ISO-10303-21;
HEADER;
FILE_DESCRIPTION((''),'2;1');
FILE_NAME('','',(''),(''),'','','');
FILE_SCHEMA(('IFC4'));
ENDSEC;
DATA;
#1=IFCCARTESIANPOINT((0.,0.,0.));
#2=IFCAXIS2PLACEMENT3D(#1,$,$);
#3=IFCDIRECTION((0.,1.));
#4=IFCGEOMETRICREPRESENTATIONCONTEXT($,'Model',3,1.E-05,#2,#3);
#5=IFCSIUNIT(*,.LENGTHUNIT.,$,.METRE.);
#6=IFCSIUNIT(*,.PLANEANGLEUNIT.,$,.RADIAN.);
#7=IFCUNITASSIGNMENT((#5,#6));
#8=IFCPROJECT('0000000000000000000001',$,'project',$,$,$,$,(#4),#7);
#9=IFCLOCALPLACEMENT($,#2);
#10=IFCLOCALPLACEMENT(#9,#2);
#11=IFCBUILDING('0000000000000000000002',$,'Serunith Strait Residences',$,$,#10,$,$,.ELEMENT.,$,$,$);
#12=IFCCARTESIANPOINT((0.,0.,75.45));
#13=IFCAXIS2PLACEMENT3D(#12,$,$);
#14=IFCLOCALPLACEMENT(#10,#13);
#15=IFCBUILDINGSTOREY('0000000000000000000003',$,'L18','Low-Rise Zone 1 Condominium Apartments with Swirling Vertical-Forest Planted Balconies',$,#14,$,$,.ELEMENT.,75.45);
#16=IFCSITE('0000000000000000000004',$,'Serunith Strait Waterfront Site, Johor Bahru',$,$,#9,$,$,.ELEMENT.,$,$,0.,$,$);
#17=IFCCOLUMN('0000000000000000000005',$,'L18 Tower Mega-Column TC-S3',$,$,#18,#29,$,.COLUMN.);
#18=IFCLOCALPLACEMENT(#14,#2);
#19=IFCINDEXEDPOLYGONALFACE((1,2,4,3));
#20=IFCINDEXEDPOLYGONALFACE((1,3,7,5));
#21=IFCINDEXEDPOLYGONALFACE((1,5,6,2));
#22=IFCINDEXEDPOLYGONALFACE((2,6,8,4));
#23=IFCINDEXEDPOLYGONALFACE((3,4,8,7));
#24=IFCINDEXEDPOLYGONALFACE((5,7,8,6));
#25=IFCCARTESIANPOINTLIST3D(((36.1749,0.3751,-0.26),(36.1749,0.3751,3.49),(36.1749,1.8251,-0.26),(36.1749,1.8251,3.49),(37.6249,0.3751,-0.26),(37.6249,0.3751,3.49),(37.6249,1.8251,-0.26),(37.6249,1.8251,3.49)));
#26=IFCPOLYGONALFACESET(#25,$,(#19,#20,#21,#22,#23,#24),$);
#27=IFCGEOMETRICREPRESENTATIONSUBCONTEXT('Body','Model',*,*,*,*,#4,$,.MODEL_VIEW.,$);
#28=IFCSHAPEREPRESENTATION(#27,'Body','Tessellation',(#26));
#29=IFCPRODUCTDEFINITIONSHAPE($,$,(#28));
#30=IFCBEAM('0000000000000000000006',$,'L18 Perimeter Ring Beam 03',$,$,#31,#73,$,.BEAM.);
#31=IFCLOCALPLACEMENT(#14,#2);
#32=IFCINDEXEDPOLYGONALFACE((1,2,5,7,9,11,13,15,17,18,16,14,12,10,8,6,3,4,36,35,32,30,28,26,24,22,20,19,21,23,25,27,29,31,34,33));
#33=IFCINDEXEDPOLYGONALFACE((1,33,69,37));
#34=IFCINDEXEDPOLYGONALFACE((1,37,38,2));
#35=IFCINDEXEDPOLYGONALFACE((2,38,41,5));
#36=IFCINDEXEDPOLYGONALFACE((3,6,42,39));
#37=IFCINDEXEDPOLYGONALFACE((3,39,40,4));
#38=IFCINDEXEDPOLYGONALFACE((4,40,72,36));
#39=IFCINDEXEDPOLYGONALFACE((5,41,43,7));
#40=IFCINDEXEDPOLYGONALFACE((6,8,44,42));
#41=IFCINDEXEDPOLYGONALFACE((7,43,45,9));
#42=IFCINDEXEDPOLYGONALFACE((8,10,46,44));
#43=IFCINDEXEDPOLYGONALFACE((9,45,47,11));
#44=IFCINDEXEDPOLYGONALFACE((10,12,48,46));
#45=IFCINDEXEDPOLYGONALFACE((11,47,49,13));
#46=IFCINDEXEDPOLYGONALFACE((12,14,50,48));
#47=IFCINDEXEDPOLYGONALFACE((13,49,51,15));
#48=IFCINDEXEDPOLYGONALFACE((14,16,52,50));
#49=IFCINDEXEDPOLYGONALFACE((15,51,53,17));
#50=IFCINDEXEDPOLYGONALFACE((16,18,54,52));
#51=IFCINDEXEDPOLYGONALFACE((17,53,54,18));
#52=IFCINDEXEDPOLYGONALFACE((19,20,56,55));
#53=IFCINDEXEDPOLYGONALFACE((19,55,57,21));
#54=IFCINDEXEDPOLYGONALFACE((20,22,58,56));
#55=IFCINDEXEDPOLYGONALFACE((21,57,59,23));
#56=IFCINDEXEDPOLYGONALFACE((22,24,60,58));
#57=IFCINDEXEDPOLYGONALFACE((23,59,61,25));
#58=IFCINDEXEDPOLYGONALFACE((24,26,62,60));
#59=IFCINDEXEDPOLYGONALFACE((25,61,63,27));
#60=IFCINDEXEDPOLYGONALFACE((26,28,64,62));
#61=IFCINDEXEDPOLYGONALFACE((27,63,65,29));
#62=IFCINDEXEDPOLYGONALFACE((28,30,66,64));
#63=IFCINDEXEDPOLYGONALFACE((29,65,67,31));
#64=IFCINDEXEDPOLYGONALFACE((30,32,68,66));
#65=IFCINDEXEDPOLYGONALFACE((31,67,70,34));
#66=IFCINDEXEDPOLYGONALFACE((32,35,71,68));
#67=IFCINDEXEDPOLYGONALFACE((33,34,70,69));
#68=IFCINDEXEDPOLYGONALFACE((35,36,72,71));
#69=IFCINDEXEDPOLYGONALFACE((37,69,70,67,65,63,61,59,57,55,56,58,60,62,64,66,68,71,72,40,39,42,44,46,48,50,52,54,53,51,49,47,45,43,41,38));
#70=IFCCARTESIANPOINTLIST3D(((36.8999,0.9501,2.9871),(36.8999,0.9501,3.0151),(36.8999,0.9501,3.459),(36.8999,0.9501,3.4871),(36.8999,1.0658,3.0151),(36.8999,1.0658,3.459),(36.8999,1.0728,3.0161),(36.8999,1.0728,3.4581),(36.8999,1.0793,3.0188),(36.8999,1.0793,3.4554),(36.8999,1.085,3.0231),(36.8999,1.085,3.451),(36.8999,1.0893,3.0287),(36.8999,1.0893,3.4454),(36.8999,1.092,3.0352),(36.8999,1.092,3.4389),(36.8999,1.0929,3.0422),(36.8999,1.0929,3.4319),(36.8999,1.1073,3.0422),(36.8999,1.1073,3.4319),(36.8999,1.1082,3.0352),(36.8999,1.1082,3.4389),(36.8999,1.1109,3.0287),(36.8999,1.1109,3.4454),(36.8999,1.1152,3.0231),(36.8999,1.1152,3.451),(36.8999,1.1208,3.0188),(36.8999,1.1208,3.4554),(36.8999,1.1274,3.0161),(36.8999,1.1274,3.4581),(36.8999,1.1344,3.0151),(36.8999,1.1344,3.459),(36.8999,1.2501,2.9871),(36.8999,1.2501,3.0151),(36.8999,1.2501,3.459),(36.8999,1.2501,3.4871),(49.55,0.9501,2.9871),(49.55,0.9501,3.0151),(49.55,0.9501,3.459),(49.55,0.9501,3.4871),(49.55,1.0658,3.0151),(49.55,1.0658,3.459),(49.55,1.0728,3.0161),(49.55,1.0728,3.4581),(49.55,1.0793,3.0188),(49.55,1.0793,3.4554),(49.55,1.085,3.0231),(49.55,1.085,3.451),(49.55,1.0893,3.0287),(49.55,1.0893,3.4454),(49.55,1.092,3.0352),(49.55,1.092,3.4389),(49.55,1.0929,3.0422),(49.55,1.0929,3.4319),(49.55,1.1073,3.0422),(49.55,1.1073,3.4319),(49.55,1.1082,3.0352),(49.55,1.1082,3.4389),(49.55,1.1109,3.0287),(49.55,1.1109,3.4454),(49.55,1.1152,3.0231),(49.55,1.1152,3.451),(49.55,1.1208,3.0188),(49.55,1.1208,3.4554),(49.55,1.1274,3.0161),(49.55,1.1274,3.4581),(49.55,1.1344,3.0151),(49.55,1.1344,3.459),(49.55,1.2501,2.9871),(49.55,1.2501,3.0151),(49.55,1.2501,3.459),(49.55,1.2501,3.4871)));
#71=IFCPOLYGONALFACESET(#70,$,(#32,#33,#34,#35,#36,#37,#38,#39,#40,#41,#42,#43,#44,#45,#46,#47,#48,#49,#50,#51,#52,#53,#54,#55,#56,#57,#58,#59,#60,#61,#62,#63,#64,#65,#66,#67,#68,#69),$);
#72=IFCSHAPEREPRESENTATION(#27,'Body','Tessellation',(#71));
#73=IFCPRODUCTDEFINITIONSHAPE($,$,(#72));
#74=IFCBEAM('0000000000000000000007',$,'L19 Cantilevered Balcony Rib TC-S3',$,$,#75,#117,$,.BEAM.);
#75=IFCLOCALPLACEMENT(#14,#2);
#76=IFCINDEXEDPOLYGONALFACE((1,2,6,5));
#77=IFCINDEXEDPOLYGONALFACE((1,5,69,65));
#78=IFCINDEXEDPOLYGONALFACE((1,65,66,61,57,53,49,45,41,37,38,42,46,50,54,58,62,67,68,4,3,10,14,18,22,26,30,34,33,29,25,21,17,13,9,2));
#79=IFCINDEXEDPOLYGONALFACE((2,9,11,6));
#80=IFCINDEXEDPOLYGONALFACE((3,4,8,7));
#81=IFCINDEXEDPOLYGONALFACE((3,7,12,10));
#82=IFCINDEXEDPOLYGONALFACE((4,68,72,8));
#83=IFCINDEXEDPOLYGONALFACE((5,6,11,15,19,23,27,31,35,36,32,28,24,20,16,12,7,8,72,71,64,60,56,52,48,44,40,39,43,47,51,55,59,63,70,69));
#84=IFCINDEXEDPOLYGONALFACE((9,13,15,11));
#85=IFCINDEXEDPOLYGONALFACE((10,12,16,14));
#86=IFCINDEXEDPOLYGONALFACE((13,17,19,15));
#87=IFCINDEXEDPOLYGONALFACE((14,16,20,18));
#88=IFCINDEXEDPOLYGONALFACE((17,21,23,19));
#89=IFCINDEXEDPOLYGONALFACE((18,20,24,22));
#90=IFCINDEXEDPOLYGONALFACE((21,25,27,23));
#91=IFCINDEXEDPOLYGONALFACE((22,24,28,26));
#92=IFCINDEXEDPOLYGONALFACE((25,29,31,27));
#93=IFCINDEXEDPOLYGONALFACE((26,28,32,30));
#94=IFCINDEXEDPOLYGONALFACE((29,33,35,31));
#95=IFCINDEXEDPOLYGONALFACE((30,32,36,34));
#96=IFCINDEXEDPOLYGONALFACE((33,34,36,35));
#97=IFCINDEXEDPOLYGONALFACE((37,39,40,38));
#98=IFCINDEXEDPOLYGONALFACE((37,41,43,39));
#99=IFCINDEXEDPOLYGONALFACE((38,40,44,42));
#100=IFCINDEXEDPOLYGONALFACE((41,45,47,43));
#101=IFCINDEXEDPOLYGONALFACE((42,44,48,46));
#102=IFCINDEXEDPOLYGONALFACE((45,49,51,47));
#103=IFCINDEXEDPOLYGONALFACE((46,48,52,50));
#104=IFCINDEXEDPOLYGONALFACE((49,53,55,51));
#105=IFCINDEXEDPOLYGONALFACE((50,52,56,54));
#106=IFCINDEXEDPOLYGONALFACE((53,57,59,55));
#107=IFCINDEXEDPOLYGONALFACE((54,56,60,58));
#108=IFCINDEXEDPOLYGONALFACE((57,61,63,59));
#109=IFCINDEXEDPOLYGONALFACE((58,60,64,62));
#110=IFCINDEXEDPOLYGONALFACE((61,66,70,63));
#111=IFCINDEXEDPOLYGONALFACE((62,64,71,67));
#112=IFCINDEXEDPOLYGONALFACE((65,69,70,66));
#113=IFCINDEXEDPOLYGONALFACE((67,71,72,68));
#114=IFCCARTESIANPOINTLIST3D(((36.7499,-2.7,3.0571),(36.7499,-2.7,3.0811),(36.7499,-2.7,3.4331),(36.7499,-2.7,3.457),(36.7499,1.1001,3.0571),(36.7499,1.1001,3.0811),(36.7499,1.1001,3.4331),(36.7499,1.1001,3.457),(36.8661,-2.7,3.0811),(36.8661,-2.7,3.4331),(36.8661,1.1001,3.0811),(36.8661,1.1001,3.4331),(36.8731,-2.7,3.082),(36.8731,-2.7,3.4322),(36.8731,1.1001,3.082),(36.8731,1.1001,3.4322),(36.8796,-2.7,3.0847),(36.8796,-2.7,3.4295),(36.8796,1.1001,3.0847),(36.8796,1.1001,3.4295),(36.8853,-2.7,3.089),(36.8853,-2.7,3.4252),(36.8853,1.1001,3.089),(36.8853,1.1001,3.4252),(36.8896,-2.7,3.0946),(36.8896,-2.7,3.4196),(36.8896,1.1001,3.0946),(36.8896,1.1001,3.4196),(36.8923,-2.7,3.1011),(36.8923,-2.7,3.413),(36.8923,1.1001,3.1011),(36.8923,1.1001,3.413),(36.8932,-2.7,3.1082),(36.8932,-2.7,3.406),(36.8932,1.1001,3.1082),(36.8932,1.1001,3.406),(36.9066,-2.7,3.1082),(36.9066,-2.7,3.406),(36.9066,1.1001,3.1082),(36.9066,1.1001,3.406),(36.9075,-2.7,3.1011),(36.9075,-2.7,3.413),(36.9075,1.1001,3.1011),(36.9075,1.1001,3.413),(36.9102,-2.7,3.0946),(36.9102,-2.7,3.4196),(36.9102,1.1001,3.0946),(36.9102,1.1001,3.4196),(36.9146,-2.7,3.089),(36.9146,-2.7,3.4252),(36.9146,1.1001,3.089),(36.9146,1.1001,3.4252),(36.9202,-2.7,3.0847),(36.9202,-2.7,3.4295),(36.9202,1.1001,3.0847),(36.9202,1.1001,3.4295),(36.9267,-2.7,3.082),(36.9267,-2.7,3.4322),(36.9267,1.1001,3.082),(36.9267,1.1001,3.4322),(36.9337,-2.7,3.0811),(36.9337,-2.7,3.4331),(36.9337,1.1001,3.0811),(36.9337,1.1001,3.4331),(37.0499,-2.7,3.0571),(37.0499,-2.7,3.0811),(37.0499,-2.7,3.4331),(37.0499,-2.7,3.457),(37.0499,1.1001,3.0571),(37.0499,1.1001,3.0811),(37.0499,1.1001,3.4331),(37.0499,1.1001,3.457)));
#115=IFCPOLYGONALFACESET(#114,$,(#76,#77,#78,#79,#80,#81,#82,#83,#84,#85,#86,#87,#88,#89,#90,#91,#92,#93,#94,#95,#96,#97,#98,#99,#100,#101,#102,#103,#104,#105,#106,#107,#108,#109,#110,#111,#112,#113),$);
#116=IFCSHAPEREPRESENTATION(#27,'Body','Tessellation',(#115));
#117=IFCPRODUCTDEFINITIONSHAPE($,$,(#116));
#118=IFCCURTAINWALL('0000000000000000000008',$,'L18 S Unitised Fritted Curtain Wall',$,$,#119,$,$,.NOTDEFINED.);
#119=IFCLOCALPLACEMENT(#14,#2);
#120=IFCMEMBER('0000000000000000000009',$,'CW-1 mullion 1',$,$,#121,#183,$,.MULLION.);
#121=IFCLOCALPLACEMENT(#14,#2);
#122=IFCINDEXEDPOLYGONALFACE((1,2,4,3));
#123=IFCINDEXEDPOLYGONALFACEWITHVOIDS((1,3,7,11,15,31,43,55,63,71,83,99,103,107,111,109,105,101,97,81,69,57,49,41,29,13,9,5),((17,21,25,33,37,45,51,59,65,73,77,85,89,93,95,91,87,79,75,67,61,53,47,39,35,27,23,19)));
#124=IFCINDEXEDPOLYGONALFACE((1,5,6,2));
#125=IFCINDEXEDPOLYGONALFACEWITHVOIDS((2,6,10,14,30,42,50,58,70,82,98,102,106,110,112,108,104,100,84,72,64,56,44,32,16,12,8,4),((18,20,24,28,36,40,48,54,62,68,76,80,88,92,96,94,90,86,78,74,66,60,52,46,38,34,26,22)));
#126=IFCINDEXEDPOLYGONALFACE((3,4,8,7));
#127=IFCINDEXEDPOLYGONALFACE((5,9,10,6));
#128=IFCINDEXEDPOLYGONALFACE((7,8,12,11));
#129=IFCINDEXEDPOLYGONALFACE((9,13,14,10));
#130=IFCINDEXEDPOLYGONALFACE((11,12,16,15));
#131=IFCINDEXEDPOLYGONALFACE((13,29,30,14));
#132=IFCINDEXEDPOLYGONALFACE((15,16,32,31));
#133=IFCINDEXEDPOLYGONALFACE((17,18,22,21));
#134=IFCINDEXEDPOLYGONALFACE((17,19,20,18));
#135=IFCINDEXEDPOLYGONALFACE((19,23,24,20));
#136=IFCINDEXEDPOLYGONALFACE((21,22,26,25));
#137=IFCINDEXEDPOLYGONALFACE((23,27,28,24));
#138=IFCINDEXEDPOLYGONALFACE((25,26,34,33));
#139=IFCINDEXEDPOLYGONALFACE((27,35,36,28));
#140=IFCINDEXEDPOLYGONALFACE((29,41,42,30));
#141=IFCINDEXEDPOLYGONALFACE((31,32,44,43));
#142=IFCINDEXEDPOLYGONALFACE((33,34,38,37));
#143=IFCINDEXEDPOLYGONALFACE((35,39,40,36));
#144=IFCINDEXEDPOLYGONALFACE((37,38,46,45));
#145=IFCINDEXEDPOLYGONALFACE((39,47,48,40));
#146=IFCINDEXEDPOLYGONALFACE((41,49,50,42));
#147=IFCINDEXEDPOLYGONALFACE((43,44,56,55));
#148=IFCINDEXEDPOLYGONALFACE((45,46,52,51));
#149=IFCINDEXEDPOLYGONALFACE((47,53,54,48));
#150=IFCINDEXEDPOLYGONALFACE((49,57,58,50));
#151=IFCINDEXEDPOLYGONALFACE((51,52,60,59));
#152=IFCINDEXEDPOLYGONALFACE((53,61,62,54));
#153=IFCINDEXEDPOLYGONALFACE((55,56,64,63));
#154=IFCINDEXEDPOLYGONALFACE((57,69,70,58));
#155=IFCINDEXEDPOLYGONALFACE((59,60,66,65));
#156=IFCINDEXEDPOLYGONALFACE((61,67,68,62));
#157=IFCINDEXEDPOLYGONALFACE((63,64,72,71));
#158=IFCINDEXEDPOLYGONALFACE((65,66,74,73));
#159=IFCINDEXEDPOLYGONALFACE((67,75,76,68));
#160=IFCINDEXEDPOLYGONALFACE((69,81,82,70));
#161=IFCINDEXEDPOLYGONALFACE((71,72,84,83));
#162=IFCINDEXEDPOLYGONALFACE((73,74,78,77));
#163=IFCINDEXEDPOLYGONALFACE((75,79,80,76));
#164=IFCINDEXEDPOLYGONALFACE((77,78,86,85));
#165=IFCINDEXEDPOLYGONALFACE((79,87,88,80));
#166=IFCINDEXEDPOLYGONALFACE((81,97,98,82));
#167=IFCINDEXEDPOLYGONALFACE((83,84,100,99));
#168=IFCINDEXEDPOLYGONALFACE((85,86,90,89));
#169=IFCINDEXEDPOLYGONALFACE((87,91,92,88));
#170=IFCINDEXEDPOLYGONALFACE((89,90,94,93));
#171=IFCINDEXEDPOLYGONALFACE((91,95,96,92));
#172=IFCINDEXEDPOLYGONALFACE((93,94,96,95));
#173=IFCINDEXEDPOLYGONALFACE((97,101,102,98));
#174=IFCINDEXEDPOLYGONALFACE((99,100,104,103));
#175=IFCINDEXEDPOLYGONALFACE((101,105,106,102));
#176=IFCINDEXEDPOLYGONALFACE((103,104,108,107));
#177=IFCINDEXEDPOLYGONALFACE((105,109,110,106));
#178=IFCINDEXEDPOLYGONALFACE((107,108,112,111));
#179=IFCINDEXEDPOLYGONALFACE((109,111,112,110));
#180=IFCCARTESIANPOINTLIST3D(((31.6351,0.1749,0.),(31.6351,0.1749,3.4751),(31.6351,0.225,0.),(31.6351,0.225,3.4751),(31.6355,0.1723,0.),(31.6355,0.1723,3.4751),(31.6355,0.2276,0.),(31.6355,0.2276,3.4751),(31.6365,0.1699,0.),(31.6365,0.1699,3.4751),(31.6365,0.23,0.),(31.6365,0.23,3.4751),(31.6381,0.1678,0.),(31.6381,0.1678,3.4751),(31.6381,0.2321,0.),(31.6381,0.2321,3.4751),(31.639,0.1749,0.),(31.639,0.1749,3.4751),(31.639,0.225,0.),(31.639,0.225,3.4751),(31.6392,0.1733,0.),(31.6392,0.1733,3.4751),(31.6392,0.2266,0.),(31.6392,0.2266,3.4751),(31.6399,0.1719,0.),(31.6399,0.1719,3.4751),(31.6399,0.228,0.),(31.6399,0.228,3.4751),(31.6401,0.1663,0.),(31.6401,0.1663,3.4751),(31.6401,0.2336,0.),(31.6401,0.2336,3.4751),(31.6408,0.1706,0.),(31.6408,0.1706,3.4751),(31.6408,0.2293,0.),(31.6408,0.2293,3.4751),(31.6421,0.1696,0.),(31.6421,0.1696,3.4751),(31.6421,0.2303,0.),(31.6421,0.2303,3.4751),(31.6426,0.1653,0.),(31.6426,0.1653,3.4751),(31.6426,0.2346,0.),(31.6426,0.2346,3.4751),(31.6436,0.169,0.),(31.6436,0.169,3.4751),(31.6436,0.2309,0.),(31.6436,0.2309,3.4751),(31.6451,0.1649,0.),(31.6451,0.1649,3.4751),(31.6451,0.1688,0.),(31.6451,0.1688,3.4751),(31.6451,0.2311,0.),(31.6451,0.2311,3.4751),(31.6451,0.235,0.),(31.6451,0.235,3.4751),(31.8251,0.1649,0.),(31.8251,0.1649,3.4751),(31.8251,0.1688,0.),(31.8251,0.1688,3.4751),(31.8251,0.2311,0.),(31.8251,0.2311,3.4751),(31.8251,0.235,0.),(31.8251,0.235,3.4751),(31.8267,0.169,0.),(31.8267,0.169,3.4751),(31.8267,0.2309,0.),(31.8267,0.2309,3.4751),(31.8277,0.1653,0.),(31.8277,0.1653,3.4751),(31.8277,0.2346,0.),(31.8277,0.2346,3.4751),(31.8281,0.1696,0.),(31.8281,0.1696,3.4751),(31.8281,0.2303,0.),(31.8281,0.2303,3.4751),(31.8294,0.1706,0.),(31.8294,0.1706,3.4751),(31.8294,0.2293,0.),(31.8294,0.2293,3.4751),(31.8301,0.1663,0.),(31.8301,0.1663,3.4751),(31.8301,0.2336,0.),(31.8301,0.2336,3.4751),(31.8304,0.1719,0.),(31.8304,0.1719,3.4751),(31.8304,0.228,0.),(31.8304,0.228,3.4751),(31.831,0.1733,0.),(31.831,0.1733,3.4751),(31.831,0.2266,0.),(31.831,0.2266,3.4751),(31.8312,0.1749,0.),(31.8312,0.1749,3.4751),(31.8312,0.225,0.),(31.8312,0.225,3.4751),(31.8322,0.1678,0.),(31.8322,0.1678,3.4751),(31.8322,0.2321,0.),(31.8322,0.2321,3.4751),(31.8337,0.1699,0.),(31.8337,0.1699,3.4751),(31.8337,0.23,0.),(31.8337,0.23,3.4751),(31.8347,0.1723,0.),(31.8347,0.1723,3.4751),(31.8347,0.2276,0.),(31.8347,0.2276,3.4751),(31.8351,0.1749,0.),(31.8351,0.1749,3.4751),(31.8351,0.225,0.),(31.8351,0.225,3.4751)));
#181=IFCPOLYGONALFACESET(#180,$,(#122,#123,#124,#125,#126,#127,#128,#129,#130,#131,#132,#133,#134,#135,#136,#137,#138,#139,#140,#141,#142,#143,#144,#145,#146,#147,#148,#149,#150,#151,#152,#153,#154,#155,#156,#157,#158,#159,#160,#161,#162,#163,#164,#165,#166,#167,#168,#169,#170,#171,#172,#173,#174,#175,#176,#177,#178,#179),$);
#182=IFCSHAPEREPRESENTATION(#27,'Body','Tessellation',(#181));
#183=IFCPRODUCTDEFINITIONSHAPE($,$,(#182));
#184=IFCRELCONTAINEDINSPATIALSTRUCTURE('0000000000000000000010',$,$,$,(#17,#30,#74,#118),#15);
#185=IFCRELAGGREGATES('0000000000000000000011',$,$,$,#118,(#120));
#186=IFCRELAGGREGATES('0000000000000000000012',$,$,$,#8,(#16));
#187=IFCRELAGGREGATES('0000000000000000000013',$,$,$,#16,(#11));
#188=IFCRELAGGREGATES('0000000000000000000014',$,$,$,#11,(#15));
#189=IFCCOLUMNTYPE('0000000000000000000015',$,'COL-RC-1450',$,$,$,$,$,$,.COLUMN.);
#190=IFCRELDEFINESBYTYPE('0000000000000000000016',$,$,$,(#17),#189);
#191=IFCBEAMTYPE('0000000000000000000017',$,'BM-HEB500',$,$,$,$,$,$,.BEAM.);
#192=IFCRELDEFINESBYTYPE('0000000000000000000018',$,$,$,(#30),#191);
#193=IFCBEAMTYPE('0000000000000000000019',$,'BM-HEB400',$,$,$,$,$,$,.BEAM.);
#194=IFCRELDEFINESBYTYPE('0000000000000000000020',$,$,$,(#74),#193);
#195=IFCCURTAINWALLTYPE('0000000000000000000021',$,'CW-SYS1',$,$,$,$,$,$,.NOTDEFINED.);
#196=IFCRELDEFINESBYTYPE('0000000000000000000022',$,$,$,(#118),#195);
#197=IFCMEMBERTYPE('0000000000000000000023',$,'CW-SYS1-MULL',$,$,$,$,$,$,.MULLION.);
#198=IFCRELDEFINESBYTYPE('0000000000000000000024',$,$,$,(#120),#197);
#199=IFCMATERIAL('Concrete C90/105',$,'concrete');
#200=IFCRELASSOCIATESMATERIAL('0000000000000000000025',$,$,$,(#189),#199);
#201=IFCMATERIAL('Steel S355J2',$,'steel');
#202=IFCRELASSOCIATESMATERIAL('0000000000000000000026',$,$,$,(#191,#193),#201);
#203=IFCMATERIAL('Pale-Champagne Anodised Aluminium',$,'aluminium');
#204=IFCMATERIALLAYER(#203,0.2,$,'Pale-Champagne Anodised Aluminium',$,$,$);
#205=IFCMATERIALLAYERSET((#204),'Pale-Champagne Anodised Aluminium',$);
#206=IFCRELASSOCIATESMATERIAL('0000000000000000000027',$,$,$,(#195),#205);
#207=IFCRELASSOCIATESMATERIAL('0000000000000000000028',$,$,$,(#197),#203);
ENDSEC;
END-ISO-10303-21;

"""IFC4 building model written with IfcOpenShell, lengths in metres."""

from ifc_helpers import new_model, si_unit, direction, frame, origin, origin_2d, place, context, subcontext, project, spatial, rectangle, hollow_rectangle, i_section, extrude, source, transform, mapped, material, layer, layer_set, material_profile, profile_set, type_object, element, aggregate, save


model = new_model("IFC4")

# Units and contexts
model_context = context("Model", 3, precision=1e-05, world=origin(), true_north=direction((0.0, 1.0)))
body_context = subcontext(model_context, "Body", "Model", "MODEL_VIEW")
ifc_project = project(units=[si_unit("LENGTHUNIT", "METRE"), si_unit("PLANEANGLEUNIT", "RADIAN")], contexts=[model_context])

# Site, building, storey
site_placement = place(None, origin())
site = spatial("IfcSite", under=ifc_project, at=site_placement, Name="Serunith Strait Waterfront Site, Johor Bahru", CompositionType="ELEMENT", RefElevation=0.0)
building_placement = place(site_placement, origin())
building = spatial("IfcBuilding", under=site, at=building_placement, Name="Serunith Strait Residences", CompositionType="ELEMENT")
storey_placement = place(building_placement, frame((0.0, 0.0, 75.45)))
storey = spatial("IfcBuildingStorey", under=building, at=storey_placement, Name="L18", Description="Low-Rise Zone 1 Condominium Apartments with Swirling Vertical-Forest Planted Balconies", CompositionType="ELEMENT", Elevation=75.45)

# Column
ifc_material_1 = material(Name="Concrete C90/105", Category="concrete")
ifc_material_profile_1 = material_profile(ifc_material_1, rectangle(XDim=1.45, YDim=1.45, at=origin_2d()), Name="RC 1450x1450")
ifc_profile_set_1 = profile_set([ifc_material_profile_1], Name="Concrete C90/105")
column_type = type_object("IfcColumnType", Name="COL-RC-1450", PredefinedType="COLUMN", material=ifc_profile_set_1)
shared_shape_1 = source(origin(), body_context, "Body", "SweptSolid", [
    extrude(rectangle(XDim=1.45, YDim=1.45, at=origin_2d()), origin(), (0.0, 0.0, 1.0), 3.75),
])
column_placement = place(storey_placement, frame((36.8999, 1.1001, -0.26), z_axis=(0.0, 0.0, 1.0), x_axis=(1.0, 0.0, 0.0)))
element("IfcColumn", 1, at=column_placement, inside=storey, type_object=column_type, Name="L18 Tower Mega-Column TC-S3", PredefinedType="COLUMN", context=body_context, shape_type="MappedRepresentation", body=[
    mapped(shared_shape_1, transform((0.0, 0.0, 0.0), scale=1.0)),
])

# Beams
ifc_material_2 = material(Name="Steel S355J2", Category="steel")
ifc_material_profile_2 = material_profile(ifc_material_2, i_section(OverallWidth=0.3, OverallDepth=0.5, WebThickness=0.0144, FlangeThickness=0.0281, FilletRadius=0.0271, at=origin_2d()), Name="HEB 500")
ifc_profile_set_2 = profile_set([ifc_material_profile_2], Name="Steel S355J2")
beam_type_1 = type_object("IfcBeamType", Name="BM-HEB500", PredefinedType="BEAM", material=ifc_profile_set_2)
shared_shape_2 = source(origin(), body_context, "Body", "SweptSolid", [
    extrude(i_section(OverallWidth=0.3, OverallDepth=0.5, WebThickness=0.0144, FlangeThickness=0.0281, FilletRadius=0.0271, at=origin_2d()), origin(), (0.0, 0.0, 1.0), 12.6501),
])
beam_1_placement = place(storey_placement, frame((36.8999, 1.1001, 3.2371), z_axis=(1.0, 0.0, 0.0), x_axis=(0.0, 1.0, 0.0)))
element("IfcBeam", 2, at=beam_1_placement, inside=storey, type_object=beam_type_1, Name="L18 Perimeter Ring Beam 03", PredefinedType="BEAM", context=body_context, shape_type="MappedRepresentation", body=[
    mapped(shared_shape_2, transform((0.0, 0.0, 0.0), scale=1.0)),
])
ifc_material_profile_3 = material_profile(ifc_material_2, i_section(OverallWidth=0.3, OverallDepth=0.3999, WebThickness=0.0134, FlangeThickness=0.0239, FilletRadius=0.0271, at=origin_2d()), Name="HEB 400")
ifc_profile_set_3 = profile_set([ifc_material_profile_3], Name="Steel S355J2")
beam_type_2 = type_object("IfcBeamType", Name="BM-HEB400", PredefinedType="BEAM", material=ifc_profile_set_3)
shared_shape_3 = source(origin(), body_context, "Body", "SweptSolid", [
    extrude(i_section(OverallWidth=0.3, OverallDepth=0.3999, WebThickness=0.0134, FlangeThickness=0.0239, FilletRadius=0.0271, at=origin_2d()), origin(), (0.0, 0.0, 1.0), 3.8),
])
beam_2_placement = place(storey_placement, frame((36.8999, 1.1001, 3.2571), z_axis=(0.0, -1.0, 0.0), x_axis=(1.0, 0.0, 0.0)))
element("IfcBeam", 3, at=beam_2_placement, inside=storey, type_object=beam_type_2, Name="L19 Cantilevered Balcony Rib TC-S3", PredefinedType="BEAM", context=body_context, shape_type="MappedRepresentation", body=[
    mapped(shared_shape_3, transform((0.0, 0.0, 0.0), scale=1.0)),
])

# Curtain wall, member
ifc_material_3 = material(Name="Pale-Champagne Anodised Aluminium", Category="aluminium")
ifc_layer_1 = layer(ifc_material_3, 0.2, Name="Pale-Champagne Anodised Aluminium")
ifc_layer_set_1 = layer_set([ifc_layer_1], Name="Pale-Champagne Anodised Aluminium")
curtain_wall_type = type_object("IfcCurtainWallType", Name="CW-SYS1", PredefinedType="NOTDEFINED", material=ifc_layer_set_1)
curtain_wall_placement = place(storey_placement, origin())
curtain_wall = element("IfcCurtainWall", 4, at=curtain_wall_placement, inside=storey, type_object=curtain_wall_type, Name="L18 S Unitised Fritted Curtain Wall", PredefinedType="NOTDEFINED")
ifc_material_profile_4 = material_profile(ifc_material_3, hollow_rectangle(XDim=0.0701, YDim=0.2, WallThickness=0.0039, InnerFilletRadius=0.0061, OuterFilletRadius=0.01, at=origin_2d()), Name="ALU 200x70x4")
ifc_profile_set_4 = profile_set([ifc_material_profile_4], Name="Pale-Champagne Anodised Aluminium")
member_type_1 = type_object("IfcMemberType", Name="CW-SYS1-MULL", PredefinedType="MULLION", material=ifc_profile_set_4)
shared_shape_4 = source(origin(), body_context, "Body", "SweptSolid", [
    extrude(hollow_rectangle(XDim=0.0701, YDim=0.2, WallThickness=0.0039, InnerFilletRadius=0.0061, OuterFilletRadius=0.01, at=origin_2d()), origin(), (0.0, 0.0, 1.0), 3.4751),
])
member_1_placement = place(storey_placement, frame((31.7351, 0.2, 0.0), z_axis=(0.0, 0.0, 1.0), x_axis=(0.0, 1.0, 0.0)))
member_1 = element("IfcMember", 5, at=member_1_placement, type_object=member_type_1, Name="CW-1 mullion 1", PredefinedType="MULLION", context=body_context, shape_type="MappedRepresentation", body=[
    mapped(shared_shape_4, transform((0.0, 0.0, 0.0), scale=1.0)),
])
aggregate(curtain_wall, [member_1])

save(model, "model.ifc")
